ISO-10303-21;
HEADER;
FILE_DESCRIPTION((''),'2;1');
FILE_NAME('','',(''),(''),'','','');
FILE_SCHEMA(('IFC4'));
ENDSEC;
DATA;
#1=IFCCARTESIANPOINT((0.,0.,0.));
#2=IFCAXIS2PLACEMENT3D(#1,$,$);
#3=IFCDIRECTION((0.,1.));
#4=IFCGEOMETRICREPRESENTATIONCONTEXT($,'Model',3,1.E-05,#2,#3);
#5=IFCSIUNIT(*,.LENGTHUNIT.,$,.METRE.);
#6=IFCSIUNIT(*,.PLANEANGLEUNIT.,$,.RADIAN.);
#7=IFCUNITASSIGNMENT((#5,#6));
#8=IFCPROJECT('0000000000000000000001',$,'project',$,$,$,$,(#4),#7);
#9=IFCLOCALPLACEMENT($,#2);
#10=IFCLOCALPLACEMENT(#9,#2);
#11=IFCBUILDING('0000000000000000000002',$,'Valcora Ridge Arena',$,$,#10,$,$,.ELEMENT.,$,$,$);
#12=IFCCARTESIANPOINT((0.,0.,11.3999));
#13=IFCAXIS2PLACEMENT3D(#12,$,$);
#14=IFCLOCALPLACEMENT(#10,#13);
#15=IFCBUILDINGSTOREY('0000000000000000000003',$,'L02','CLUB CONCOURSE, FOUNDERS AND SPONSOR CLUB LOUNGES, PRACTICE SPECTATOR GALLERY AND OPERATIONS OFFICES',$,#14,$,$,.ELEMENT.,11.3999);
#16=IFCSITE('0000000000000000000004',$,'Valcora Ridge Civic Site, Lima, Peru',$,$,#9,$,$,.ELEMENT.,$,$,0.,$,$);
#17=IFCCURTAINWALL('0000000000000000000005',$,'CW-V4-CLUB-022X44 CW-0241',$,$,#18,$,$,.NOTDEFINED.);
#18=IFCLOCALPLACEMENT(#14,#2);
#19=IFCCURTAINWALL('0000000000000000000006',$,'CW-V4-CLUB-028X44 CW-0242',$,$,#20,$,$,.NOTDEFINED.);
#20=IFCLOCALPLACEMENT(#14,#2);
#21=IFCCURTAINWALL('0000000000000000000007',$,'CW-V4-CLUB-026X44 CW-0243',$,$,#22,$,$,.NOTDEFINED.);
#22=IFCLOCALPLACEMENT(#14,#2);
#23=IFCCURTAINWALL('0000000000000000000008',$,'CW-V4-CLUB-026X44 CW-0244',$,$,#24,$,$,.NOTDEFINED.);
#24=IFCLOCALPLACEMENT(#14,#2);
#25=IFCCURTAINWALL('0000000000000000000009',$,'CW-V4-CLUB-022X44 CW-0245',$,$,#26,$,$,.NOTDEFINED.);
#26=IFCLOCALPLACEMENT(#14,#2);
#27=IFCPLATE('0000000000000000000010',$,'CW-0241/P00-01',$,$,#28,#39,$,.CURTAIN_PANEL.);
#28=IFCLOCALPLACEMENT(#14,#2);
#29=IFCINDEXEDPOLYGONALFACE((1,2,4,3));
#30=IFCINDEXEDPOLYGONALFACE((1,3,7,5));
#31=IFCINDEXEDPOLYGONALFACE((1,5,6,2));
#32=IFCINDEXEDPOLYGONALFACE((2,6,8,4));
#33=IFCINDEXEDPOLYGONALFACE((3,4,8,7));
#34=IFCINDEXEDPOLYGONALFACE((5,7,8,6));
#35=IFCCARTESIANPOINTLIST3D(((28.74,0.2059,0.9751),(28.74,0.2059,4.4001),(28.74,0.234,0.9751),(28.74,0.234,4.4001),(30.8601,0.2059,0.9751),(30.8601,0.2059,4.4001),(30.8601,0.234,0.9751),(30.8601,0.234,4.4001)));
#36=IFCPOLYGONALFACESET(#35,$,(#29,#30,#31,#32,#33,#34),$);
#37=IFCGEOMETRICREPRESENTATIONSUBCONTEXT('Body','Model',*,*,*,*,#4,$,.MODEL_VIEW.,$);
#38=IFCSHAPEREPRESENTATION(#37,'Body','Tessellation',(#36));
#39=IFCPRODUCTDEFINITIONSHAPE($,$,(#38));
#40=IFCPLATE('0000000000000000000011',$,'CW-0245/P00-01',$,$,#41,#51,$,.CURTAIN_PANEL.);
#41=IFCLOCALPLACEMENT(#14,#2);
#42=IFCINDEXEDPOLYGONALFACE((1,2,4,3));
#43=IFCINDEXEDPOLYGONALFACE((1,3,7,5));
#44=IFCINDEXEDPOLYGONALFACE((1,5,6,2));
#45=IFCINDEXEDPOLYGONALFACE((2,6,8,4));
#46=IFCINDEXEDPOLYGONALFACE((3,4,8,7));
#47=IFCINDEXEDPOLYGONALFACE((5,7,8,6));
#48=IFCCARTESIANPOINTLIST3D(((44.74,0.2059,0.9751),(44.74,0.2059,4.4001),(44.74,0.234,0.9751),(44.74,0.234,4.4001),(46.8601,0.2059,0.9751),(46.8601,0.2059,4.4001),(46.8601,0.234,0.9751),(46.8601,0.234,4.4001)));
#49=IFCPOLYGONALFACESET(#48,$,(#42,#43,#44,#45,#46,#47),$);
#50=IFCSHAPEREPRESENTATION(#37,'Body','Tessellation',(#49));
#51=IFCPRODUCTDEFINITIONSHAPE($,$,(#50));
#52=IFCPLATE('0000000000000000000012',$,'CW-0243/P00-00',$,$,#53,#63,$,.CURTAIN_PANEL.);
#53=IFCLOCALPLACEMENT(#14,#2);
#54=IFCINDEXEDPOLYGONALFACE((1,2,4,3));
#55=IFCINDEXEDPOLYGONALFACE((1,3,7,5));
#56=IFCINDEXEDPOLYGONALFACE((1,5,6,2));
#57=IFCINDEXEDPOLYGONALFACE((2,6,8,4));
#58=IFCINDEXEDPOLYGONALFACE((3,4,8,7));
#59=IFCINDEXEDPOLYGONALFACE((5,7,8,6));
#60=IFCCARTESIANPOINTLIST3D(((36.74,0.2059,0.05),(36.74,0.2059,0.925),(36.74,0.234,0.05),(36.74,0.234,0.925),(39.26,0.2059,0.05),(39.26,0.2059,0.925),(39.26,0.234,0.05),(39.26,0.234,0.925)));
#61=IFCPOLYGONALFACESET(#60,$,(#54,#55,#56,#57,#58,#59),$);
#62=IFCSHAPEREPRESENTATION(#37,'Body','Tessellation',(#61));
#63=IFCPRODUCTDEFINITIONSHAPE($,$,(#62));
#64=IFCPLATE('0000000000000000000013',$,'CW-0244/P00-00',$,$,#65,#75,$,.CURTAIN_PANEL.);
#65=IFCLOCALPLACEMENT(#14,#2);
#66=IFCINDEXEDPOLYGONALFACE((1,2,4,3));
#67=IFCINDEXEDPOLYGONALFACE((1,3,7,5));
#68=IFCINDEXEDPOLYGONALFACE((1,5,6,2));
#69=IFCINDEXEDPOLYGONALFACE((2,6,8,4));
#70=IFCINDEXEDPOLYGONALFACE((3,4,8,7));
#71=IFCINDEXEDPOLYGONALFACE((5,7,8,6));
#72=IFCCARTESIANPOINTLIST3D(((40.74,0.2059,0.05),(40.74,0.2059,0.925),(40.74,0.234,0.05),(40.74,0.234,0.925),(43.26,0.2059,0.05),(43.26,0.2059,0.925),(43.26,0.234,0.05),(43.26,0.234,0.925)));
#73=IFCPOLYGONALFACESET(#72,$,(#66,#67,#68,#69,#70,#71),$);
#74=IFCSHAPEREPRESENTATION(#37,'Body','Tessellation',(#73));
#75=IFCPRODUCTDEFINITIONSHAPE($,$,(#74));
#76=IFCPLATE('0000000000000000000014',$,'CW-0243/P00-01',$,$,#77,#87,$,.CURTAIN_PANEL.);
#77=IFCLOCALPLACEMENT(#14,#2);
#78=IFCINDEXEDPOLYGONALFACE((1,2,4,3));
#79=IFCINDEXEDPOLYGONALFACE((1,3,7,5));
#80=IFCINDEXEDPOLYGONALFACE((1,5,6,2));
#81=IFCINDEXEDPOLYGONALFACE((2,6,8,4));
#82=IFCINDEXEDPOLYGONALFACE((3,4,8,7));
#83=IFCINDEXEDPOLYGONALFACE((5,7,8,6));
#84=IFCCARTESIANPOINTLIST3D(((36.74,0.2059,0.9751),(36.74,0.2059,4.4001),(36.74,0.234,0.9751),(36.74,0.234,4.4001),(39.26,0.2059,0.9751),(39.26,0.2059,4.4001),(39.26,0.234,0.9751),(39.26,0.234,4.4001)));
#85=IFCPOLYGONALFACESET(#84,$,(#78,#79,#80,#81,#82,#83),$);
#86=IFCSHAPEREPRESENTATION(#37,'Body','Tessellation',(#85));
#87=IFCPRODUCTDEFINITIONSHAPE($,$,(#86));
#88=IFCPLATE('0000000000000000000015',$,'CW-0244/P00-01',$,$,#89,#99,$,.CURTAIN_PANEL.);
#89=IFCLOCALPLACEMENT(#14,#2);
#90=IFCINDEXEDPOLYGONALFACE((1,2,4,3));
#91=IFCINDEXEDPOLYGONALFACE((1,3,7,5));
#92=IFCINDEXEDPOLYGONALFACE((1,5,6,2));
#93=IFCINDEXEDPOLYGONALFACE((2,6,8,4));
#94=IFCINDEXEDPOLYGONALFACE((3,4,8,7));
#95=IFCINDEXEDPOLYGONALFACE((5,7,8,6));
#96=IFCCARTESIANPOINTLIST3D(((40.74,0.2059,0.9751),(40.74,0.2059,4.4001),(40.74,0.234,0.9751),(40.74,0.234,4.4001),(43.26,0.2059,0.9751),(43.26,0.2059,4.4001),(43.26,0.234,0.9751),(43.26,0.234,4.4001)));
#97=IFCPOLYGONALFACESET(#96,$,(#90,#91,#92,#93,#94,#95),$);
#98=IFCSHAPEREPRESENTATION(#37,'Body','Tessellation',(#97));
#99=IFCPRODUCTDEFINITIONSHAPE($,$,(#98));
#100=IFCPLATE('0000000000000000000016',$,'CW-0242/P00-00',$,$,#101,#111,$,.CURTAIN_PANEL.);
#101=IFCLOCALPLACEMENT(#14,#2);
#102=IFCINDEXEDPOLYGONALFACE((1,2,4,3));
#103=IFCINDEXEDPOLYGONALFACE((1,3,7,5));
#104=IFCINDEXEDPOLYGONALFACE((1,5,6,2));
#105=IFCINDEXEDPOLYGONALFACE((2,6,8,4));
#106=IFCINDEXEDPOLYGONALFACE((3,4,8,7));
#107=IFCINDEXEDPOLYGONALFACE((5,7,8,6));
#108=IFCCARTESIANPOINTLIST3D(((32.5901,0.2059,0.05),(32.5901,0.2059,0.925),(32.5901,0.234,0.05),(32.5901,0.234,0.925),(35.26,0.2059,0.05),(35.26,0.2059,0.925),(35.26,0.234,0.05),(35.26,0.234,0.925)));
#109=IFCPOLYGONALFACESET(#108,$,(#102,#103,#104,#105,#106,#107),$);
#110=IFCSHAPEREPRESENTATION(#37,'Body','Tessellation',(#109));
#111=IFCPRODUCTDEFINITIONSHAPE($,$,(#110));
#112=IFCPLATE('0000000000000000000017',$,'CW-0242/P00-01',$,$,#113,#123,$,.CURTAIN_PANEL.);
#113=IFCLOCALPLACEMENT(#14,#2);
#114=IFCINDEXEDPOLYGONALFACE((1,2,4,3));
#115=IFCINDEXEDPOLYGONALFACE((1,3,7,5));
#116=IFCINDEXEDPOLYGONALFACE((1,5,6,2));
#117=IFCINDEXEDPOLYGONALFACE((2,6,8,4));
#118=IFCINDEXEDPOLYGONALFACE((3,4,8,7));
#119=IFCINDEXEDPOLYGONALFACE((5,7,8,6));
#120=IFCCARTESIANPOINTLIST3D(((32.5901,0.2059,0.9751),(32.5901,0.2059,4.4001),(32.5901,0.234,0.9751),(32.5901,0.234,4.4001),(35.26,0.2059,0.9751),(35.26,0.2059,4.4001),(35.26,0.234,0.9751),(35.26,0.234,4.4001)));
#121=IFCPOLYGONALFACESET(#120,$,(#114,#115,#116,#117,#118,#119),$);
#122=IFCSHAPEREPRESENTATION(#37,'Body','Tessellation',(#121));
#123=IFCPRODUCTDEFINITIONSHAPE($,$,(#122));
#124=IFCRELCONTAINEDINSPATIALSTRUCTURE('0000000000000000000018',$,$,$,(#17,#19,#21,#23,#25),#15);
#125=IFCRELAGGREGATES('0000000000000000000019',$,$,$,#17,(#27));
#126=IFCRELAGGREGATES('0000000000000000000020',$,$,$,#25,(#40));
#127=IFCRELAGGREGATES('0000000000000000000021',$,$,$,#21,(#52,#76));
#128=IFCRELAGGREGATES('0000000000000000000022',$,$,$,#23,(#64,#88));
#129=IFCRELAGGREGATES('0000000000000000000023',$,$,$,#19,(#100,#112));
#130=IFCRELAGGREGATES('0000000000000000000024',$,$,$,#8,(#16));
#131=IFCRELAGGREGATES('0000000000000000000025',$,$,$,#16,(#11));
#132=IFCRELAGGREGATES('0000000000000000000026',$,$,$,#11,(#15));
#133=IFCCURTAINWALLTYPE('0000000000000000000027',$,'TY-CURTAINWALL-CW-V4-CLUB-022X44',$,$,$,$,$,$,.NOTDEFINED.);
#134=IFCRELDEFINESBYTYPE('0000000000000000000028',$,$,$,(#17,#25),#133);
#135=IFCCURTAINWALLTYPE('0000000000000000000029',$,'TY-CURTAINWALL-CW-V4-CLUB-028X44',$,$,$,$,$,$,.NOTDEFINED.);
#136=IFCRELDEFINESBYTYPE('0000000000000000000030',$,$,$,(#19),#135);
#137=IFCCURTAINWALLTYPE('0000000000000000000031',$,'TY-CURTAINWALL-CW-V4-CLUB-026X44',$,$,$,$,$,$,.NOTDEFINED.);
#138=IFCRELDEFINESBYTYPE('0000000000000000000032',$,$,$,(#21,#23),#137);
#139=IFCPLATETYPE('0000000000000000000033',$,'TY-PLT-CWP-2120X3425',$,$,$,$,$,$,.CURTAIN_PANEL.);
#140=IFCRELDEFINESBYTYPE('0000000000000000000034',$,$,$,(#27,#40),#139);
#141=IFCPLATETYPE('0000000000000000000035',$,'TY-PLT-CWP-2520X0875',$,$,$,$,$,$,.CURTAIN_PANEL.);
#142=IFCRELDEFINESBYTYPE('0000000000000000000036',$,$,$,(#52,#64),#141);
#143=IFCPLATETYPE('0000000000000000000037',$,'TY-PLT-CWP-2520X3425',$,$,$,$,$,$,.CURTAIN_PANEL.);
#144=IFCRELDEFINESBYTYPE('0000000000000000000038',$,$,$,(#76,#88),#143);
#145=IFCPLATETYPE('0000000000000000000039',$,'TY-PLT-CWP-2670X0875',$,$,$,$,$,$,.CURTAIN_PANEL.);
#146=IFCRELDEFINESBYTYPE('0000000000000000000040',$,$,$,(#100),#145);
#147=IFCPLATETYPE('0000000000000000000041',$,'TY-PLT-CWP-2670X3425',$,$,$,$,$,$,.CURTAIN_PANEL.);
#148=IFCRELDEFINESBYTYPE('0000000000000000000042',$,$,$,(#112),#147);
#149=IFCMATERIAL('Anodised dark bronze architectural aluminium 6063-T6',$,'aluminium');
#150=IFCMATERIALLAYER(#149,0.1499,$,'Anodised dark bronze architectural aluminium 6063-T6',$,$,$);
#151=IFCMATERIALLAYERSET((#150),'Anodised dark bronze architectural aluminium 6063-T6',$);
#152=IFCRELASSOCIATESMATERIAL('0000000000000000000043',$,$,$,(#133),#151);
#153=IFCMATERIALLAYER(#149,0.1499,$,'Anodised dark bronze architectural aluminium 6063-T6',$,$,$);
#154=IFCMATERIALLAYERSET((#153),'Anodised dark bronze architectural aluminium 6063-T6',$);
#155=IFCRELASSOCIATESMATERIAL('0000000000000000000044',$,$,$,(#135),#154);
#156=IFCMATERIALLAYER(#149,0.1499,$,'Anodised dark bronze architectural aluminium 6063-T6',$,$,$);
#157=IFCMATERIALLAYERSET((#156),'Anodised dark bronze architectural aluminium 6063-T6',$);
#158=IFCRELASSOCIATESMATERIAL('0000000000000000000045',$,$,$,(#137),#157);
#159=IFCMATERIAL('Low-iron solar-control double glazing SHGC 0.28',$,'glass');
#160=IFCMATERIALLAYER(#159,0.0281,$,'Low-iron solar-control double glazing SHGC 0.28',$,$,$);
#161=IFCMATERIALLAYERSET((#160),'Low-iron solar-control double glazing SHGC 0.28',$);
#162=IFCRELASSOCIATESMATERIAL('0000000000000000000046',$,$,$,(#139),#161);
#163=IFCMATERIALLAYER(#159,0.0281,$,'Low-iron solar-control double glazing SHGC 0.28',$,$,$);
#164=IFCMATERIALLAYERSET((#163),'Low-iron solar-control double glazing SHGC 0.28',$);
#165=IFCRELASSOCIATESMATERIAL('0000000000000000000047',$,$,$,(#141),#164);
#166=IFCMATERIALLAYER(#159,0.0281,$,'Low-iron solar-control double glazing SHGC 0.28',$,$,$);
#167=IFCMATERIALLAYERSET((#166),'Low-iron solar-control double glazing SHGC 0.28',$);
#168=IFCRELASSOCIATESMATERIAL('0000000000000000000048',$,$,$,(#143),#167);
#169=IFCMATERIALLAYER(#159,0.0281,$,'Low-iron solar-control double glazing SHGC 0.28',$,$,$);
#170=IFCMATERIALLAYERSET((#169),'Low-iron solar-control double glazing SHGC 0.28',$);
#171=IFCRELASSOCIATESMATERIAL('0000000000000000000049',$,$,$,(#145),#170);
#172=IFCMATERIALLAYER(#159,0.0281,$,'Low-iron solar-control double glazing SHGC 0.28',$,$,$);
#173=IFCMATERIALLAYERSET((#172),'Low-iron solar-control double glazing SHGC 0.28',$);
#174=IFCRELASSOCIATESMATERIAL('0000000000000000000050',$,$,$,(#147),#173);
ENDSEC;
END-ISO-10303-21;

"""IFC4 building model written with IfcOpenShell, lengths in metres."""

from ifc_helpers import new_model, si_unit, direction, frame, origin, origin_2d, place, context, subcontext, project, spatial, rectangle, extrude, material, layer, layer_set, type_object, element, aggregate, save


model = new_model("IFC4")

# Units and contexts
model_context = context("Model", 3, precision=1e-05, world=origin(), true_north=direction((0.0, 1.0)))
body_context = subcontext(model_context, "Body", "Model", "MODEL_VIEW")
ifc_project = project(units=[si_unit("LENGTHUNIT", "METRE"), si_unit("PLANEANGLEUNIT", "RADIAN")], contexts=[model_context])

# Site, building, storey
site_placement = place(None, origin())
site = spatial("IfcSite", under=ifc_project, at=site_placement, Name="Valcora Ridge Civic Site, Lima, Peru", CompositionType="ELEMENT", RefElevation=0.0)
building_placement = place(site_placement, origin())
building = spatial("IfcBuilding", under=site, at=building_placement, Name="Valcora Ridge Arena", CompositionType="ELEMENT")
storey_placement = place(building_placement, frame((0.0, 0.0, 11.3999)))
storey = spatial("IfcBuildingStorey", under=building, at=storey_placement, Name="L02", Description="CLUB CONCOURSE, FOUNDERS AND SPONSOR CLUB LOUNGES, PRACTICE SPECTATOR GALLERY AND OPERATIONS OFFICES", CompositionType="ELEMENT", Elevation=11.3999)

# Curtain wall
ifc_material_1 = material(Name="Anodised dark bronze architectural aluminium 6063-T6", Category="aluminium")
ifc_layer_1 = layer(ifc_material_1, 0.1499, Name="Anodised dark bronze architectural aluminium 6063-T6")
ifc_layer_set_1 = layer_set([ifc_layer_1], Name="Anodised dark bronze architectural aluminium 6063-T6")
curtain_wall_type_1 = type_object("IfcCurtainWallType", Name="TY-CURTAINWALL-CW-V4-CLUB-022X44", PredefinedType="NOTDEFINED", material=ifc_layer_set_1)
curtain_wall_1_placement = place(storey_placement, origin())
curtain_wall_1 = element("IfcCurtainWall", 1, at=curtain_wall_1_placement, inside=storey, type_object=curtain_wall_type_1, Name="CW-V4-CLUB-022X44 CW-0241", PredefinedType="NOTDEFINED")

# Curtain walls
ifc_layer_2 = layer(ifc_material_1, 0.1499, Name="Anodised dark bronze architectural aluminium 6063-T6")
ifc_layer_set_2 = layer_set([ifc_layer_2], Name="Anodised dark bronze architectural aluminium 6063-T6")
curtain_wall_type_2 = type_object("IfcCurtainWallType", Name="TY-CURTAINWALL-CW-V4-CLUB-028X44", PredefinedType="NOTDEFINED", material=ifc_layer_set_2)
curtain_wall_2_placement = place(storey_placement, origin())
curtain_wall_2 = element("IfcCurtainWall", 2, at=curtain_wall_2_placement, inside=storey, type_object=curtain_wall_type_2, Name="CW-V4-CLUB-028X44 CW-0242", PredefinedType="NOTDEFINED")
ifc_layer_3 = layer(ifc_material_1, 0.1499, Name="Anodised dark bronze architectural aluminium 6063-T6")
ifc_layer_set_3 = layer_set([ifc_layer_3], Name="Anodised dark bronze architectural aluminium 6063-T6")
curtain_wall_type_3 = type_object("IfcCurtainWallType", Name="TY-CURTAINWALL-CW-V4-CLUB-026X44", PredefinedType="NOTDEFINED", material=ifc_layer_set_3)
curtain_wall_3_placement = place(storey_placement, origin())
curtain_wall_3 = element("IfcCurtainWall", 3, at=curtain_wall_3_placement, inside=storey, type_object=curtain_wall_type_3, Name="CW-V4-CLUB-026X44 CW-0243", PredefinedType="NOTDEFINED")
curtain_wall_4_placement = place(storey_placement, origin())
curtain_wall_4 = element("IfcCurtainWall", 4, at=curtain_wall_4_placement, inside=storey, type_object=curtain_wall_type_3, Name="CW-V4-CLUB-026X44 CW-0244", PredefinedType="NOTDEFINED")
curtain_wall_5_placement = place(storey_placement, origin())
curtain_wall_5 = element("IfcCurtainWall", 5, at=curtain_wall_5_placement, inside=storey, type_object=curtain_wall_type_1, Name="CW-V4-CLUB-022X44 CW-0245", PredefinedType="NOTDEFINED")

# Plates
ifc_material_2 = material(Name="Low-iron solar-control double glazing SHGC 0.28", Category="glass")
ifc_layer_4 = layer(ifc_material_2, 0.0281, Name="Low-iron solar-control double glazing SHGC 0.28")
ifc_layer_set_4 = layer_set([ifc_layer_4], Name="Low-iron solar-control double glazing SHGC 0.28")
plate_type_1 = type_object("IfcPlateType", Name="TY-PLT-CWP-2120X3425", PredefinedType="CURTAIN_PANEL", material=ifc_layer_set_4)
plate_1_placement = place(storey_placement, frame((29.8, 0.22, 0.9751), z_axis=(0.0, 0.0, 1.0), x_axis=(1.0, 0.0, 0.0)))
plate_1 = element("IfcPlate", 6, at=plate_1_placement, type_object=plate_type_1, Name="CW-0241/P00-01", PredefinedType="CURTAIN_PANEL", context=body_context, shape_type="SweptSolid", body=[
    extrude(rectangle(XDim=2.1201, YDim=0.0281, at=origin_2d()), origin(), (0.0, 0.0, 1.0), 3.425),
])
aggregate(curtain_wall_1, [plate_1])
plate_2_placement = place(storey_placement, frame((45.8, 0.22, 0.9751), z_axis=(0.0, 0.0, 1.0), x_axis=(1.0, 0.0, 0.0)))
plate_2 = element("IfcPlate", 7, at=plate_2_placement, type_object=plate_type_1, Name="CW-0245/P00-01", PredefinedType="CURTAIN_PANEL", context=body_context, shape_type="SweptSolid", body=[
    extrude(rectangle(XDim=2.1201, YDim=0.0281, at=origin_2d()), origin(), (0.0, 0.0, 1.0), 3.425),
])
aggregate(curtain_wall_5, [plate_2])
ifc_layer_5 = layer(ifc_material_2, 0.0281, Name="Low-iron solar-control double glazing SHGC 0.28")
ifc_layer_set_5 = layer_set([ifc_layer_5], Name="Low-iron solar-control double glazing SHGC 0.28")
plate_type_2 = type_object("IfcPlateType", Name="TY-PLT-CWP-2520X0875", PredefinedType="CURTAIN_PANEL", material=ifc_layer_set_5)
plate_3_placement = place(storey_placement, frame((38.0, 0.22, 0.05), z_axis=(0.0, 0.0, 1.0), x_axis=(1.0, 0.0, 0.0)))
plate_3 = element("IfcPlate", 8, at=plate_3_placement, type_object=plate_type_2, Name="CW-0243/P00-00", PredefinedType="CURTAIN_PANEL", context=body_context, shape_type="SweptSolid", body=[
    extrude(rectangle(XDim=2.52, YDim=0.0281, at=origin_2d()), origin(), (0.0, 0.0, 1.0), 0.875),
])
plate_4_placement = place(storey_placement, frame((42.0, 0.22, 0.05), z_axis=(0.0, 0.0, 1.0), x_axis=(1.0, 0.0, 0.0)))
plate_4 = element("IfcPlate", 9, at=plate_4_placement, type_object=plate_type_2, Name="CW-0244/P00-00", PredefinedType="CURTAIN_PANEL", context=body_context, shape_type="SweptSolid", body=[
    extrude(rectangle(XDim=2.52, YDim=0.0281, at=origin_2d()), origin(), (0.0, 0.0, 1.0), 0.875),
])
ifc_layer_6 = layer(ifc_material_2, 0.0281, Name="Low-iron solar-control double glazing SHGC 0.28")
ifc_layer_set_6 = layer_set([ifc_layer_6], Name="Low-iron solar-control double glazing SHGC 0.28")
plate_type_3 = type_object("IfcPlateType", Name="TY-PLT-CWP-2520X3425", PredefinedType="CURTAIN_PANEL", material=ifc_layer_set_6)
plate_5_placement = place(storey_placement, frame((38.0, 0.22, 0.9751), z_axis=(0.0, 0.0, 1.0), x_axis=(1.0, 0.0, 0.0)))
plate_5 = element("IfcPlate", 10, at=plate_5_placement, type_object=plate_type_3, Name="CW-0243/P00-01", PredefinedType="CURTAIN_PANEL", context=body_context, shape_type="SweptSolid", body=[
    extrude(rectangle(XDim=2.52, YDim=0.0281, at=origin_2d()), origin(), (0.0, 0.0, 1.0), 3.425),
])
aggregate(curtain_wall_3, [plate_3, plate_5])
plate_6_placement = place(storey_placement, frame((42.0, 0.22, 0.9751), z_axis=(0.0, 0.0, 1.0), x_axis=(1.0, 0.0, 0.0)))
plate_6 = element("IfcPlate", 11, at=plate_6_placement, type_object=plate_type_3, Name="CW-0244/P00-01", PredefinedType="CURTAIN_PANEL", context=body_context, shape_type="SweptSolid", body=[
    extrude(rectangle(XDim=2.52, YDim=0.0281, at=origin_2d()), origin(), (0.0, 0.0, 1.0), 3.425),
])
aggregate(curtain_wall_4, [plate_4, plate_6])
ifc_layer_7 = layer(ifc_material_2, 0.0281, Name="Low-iron solar-control double glazing SHGC 0.28")
ifc_layer_set_7 = layer_set([ifc_layer_7], Name="Low-iron solar-control double glazing SHGC 0.28")
plate_type_4 = type_object("IfcPlateType", Name="TY-PLT-CWP-2670X0875", PredefinedType="CURTAIN_PANEL", material=ifc_layer_set_7)
plate_7_placement = place(storey_placement, frame((33.925, 0.22, 0.05), z_axis=(0.0, 0.0, 1.0), x_axis=(1.0, 0.0, 0.0)))
plate_7 = element("IfcPlate", 12, at=plate_7_placement, type_object=plate_type_4, Name="CW-0242/P00-00", PredefinedType="CURTAIN_PANEL", context=body_context, shape_type="SweptSolid", body=[
    extrude(rectangle(XDim=2.6699, YDim=0.0281, at=origin_2d()), origin(), (0.0, 0.0, 1.0), 0.875),
])
ifc_layer_8 = layer(ifc_material_2, 0.0281, Name="Low-iron solar-control double glazing SHGC 0.28")
ifc_layer_set_8 = layer_set([ifc_layer_8], Name="Low-iron solar-control double glazing SHGC 0.28")
plate_type_5 = type_object("IfcPlateType", Name="TY-PLT-CWP-2670X3425", PredefinedType="CURTAIN_PANEL", material=ifc_layer_set_8)
plate_8_placement = place(storey_placement, frame((33.925, 0.22, 0.9751), z_axis=(0.0, 0.0, 1.0), x_axis=(1.0, 0.0, 0.0)))
plate_8 = element("IfcPlate", 13, at=plate_8_placement, type_object=plate_type_5, Name="CW-0242/P00-01", PredefinedType="CURTAIN_PANEL", context=body_context, shape_type="SweptSolid", body=[
    extrude(rectangle(XDim=2.6699, YDim=0.0281, at=origin_2d()), origin(), (0.0, 0.0, 1.0), 3.425),
])
aggregate(curtain_wall_2, [plate_7, plate_8])

save(model, "model.ifc")
